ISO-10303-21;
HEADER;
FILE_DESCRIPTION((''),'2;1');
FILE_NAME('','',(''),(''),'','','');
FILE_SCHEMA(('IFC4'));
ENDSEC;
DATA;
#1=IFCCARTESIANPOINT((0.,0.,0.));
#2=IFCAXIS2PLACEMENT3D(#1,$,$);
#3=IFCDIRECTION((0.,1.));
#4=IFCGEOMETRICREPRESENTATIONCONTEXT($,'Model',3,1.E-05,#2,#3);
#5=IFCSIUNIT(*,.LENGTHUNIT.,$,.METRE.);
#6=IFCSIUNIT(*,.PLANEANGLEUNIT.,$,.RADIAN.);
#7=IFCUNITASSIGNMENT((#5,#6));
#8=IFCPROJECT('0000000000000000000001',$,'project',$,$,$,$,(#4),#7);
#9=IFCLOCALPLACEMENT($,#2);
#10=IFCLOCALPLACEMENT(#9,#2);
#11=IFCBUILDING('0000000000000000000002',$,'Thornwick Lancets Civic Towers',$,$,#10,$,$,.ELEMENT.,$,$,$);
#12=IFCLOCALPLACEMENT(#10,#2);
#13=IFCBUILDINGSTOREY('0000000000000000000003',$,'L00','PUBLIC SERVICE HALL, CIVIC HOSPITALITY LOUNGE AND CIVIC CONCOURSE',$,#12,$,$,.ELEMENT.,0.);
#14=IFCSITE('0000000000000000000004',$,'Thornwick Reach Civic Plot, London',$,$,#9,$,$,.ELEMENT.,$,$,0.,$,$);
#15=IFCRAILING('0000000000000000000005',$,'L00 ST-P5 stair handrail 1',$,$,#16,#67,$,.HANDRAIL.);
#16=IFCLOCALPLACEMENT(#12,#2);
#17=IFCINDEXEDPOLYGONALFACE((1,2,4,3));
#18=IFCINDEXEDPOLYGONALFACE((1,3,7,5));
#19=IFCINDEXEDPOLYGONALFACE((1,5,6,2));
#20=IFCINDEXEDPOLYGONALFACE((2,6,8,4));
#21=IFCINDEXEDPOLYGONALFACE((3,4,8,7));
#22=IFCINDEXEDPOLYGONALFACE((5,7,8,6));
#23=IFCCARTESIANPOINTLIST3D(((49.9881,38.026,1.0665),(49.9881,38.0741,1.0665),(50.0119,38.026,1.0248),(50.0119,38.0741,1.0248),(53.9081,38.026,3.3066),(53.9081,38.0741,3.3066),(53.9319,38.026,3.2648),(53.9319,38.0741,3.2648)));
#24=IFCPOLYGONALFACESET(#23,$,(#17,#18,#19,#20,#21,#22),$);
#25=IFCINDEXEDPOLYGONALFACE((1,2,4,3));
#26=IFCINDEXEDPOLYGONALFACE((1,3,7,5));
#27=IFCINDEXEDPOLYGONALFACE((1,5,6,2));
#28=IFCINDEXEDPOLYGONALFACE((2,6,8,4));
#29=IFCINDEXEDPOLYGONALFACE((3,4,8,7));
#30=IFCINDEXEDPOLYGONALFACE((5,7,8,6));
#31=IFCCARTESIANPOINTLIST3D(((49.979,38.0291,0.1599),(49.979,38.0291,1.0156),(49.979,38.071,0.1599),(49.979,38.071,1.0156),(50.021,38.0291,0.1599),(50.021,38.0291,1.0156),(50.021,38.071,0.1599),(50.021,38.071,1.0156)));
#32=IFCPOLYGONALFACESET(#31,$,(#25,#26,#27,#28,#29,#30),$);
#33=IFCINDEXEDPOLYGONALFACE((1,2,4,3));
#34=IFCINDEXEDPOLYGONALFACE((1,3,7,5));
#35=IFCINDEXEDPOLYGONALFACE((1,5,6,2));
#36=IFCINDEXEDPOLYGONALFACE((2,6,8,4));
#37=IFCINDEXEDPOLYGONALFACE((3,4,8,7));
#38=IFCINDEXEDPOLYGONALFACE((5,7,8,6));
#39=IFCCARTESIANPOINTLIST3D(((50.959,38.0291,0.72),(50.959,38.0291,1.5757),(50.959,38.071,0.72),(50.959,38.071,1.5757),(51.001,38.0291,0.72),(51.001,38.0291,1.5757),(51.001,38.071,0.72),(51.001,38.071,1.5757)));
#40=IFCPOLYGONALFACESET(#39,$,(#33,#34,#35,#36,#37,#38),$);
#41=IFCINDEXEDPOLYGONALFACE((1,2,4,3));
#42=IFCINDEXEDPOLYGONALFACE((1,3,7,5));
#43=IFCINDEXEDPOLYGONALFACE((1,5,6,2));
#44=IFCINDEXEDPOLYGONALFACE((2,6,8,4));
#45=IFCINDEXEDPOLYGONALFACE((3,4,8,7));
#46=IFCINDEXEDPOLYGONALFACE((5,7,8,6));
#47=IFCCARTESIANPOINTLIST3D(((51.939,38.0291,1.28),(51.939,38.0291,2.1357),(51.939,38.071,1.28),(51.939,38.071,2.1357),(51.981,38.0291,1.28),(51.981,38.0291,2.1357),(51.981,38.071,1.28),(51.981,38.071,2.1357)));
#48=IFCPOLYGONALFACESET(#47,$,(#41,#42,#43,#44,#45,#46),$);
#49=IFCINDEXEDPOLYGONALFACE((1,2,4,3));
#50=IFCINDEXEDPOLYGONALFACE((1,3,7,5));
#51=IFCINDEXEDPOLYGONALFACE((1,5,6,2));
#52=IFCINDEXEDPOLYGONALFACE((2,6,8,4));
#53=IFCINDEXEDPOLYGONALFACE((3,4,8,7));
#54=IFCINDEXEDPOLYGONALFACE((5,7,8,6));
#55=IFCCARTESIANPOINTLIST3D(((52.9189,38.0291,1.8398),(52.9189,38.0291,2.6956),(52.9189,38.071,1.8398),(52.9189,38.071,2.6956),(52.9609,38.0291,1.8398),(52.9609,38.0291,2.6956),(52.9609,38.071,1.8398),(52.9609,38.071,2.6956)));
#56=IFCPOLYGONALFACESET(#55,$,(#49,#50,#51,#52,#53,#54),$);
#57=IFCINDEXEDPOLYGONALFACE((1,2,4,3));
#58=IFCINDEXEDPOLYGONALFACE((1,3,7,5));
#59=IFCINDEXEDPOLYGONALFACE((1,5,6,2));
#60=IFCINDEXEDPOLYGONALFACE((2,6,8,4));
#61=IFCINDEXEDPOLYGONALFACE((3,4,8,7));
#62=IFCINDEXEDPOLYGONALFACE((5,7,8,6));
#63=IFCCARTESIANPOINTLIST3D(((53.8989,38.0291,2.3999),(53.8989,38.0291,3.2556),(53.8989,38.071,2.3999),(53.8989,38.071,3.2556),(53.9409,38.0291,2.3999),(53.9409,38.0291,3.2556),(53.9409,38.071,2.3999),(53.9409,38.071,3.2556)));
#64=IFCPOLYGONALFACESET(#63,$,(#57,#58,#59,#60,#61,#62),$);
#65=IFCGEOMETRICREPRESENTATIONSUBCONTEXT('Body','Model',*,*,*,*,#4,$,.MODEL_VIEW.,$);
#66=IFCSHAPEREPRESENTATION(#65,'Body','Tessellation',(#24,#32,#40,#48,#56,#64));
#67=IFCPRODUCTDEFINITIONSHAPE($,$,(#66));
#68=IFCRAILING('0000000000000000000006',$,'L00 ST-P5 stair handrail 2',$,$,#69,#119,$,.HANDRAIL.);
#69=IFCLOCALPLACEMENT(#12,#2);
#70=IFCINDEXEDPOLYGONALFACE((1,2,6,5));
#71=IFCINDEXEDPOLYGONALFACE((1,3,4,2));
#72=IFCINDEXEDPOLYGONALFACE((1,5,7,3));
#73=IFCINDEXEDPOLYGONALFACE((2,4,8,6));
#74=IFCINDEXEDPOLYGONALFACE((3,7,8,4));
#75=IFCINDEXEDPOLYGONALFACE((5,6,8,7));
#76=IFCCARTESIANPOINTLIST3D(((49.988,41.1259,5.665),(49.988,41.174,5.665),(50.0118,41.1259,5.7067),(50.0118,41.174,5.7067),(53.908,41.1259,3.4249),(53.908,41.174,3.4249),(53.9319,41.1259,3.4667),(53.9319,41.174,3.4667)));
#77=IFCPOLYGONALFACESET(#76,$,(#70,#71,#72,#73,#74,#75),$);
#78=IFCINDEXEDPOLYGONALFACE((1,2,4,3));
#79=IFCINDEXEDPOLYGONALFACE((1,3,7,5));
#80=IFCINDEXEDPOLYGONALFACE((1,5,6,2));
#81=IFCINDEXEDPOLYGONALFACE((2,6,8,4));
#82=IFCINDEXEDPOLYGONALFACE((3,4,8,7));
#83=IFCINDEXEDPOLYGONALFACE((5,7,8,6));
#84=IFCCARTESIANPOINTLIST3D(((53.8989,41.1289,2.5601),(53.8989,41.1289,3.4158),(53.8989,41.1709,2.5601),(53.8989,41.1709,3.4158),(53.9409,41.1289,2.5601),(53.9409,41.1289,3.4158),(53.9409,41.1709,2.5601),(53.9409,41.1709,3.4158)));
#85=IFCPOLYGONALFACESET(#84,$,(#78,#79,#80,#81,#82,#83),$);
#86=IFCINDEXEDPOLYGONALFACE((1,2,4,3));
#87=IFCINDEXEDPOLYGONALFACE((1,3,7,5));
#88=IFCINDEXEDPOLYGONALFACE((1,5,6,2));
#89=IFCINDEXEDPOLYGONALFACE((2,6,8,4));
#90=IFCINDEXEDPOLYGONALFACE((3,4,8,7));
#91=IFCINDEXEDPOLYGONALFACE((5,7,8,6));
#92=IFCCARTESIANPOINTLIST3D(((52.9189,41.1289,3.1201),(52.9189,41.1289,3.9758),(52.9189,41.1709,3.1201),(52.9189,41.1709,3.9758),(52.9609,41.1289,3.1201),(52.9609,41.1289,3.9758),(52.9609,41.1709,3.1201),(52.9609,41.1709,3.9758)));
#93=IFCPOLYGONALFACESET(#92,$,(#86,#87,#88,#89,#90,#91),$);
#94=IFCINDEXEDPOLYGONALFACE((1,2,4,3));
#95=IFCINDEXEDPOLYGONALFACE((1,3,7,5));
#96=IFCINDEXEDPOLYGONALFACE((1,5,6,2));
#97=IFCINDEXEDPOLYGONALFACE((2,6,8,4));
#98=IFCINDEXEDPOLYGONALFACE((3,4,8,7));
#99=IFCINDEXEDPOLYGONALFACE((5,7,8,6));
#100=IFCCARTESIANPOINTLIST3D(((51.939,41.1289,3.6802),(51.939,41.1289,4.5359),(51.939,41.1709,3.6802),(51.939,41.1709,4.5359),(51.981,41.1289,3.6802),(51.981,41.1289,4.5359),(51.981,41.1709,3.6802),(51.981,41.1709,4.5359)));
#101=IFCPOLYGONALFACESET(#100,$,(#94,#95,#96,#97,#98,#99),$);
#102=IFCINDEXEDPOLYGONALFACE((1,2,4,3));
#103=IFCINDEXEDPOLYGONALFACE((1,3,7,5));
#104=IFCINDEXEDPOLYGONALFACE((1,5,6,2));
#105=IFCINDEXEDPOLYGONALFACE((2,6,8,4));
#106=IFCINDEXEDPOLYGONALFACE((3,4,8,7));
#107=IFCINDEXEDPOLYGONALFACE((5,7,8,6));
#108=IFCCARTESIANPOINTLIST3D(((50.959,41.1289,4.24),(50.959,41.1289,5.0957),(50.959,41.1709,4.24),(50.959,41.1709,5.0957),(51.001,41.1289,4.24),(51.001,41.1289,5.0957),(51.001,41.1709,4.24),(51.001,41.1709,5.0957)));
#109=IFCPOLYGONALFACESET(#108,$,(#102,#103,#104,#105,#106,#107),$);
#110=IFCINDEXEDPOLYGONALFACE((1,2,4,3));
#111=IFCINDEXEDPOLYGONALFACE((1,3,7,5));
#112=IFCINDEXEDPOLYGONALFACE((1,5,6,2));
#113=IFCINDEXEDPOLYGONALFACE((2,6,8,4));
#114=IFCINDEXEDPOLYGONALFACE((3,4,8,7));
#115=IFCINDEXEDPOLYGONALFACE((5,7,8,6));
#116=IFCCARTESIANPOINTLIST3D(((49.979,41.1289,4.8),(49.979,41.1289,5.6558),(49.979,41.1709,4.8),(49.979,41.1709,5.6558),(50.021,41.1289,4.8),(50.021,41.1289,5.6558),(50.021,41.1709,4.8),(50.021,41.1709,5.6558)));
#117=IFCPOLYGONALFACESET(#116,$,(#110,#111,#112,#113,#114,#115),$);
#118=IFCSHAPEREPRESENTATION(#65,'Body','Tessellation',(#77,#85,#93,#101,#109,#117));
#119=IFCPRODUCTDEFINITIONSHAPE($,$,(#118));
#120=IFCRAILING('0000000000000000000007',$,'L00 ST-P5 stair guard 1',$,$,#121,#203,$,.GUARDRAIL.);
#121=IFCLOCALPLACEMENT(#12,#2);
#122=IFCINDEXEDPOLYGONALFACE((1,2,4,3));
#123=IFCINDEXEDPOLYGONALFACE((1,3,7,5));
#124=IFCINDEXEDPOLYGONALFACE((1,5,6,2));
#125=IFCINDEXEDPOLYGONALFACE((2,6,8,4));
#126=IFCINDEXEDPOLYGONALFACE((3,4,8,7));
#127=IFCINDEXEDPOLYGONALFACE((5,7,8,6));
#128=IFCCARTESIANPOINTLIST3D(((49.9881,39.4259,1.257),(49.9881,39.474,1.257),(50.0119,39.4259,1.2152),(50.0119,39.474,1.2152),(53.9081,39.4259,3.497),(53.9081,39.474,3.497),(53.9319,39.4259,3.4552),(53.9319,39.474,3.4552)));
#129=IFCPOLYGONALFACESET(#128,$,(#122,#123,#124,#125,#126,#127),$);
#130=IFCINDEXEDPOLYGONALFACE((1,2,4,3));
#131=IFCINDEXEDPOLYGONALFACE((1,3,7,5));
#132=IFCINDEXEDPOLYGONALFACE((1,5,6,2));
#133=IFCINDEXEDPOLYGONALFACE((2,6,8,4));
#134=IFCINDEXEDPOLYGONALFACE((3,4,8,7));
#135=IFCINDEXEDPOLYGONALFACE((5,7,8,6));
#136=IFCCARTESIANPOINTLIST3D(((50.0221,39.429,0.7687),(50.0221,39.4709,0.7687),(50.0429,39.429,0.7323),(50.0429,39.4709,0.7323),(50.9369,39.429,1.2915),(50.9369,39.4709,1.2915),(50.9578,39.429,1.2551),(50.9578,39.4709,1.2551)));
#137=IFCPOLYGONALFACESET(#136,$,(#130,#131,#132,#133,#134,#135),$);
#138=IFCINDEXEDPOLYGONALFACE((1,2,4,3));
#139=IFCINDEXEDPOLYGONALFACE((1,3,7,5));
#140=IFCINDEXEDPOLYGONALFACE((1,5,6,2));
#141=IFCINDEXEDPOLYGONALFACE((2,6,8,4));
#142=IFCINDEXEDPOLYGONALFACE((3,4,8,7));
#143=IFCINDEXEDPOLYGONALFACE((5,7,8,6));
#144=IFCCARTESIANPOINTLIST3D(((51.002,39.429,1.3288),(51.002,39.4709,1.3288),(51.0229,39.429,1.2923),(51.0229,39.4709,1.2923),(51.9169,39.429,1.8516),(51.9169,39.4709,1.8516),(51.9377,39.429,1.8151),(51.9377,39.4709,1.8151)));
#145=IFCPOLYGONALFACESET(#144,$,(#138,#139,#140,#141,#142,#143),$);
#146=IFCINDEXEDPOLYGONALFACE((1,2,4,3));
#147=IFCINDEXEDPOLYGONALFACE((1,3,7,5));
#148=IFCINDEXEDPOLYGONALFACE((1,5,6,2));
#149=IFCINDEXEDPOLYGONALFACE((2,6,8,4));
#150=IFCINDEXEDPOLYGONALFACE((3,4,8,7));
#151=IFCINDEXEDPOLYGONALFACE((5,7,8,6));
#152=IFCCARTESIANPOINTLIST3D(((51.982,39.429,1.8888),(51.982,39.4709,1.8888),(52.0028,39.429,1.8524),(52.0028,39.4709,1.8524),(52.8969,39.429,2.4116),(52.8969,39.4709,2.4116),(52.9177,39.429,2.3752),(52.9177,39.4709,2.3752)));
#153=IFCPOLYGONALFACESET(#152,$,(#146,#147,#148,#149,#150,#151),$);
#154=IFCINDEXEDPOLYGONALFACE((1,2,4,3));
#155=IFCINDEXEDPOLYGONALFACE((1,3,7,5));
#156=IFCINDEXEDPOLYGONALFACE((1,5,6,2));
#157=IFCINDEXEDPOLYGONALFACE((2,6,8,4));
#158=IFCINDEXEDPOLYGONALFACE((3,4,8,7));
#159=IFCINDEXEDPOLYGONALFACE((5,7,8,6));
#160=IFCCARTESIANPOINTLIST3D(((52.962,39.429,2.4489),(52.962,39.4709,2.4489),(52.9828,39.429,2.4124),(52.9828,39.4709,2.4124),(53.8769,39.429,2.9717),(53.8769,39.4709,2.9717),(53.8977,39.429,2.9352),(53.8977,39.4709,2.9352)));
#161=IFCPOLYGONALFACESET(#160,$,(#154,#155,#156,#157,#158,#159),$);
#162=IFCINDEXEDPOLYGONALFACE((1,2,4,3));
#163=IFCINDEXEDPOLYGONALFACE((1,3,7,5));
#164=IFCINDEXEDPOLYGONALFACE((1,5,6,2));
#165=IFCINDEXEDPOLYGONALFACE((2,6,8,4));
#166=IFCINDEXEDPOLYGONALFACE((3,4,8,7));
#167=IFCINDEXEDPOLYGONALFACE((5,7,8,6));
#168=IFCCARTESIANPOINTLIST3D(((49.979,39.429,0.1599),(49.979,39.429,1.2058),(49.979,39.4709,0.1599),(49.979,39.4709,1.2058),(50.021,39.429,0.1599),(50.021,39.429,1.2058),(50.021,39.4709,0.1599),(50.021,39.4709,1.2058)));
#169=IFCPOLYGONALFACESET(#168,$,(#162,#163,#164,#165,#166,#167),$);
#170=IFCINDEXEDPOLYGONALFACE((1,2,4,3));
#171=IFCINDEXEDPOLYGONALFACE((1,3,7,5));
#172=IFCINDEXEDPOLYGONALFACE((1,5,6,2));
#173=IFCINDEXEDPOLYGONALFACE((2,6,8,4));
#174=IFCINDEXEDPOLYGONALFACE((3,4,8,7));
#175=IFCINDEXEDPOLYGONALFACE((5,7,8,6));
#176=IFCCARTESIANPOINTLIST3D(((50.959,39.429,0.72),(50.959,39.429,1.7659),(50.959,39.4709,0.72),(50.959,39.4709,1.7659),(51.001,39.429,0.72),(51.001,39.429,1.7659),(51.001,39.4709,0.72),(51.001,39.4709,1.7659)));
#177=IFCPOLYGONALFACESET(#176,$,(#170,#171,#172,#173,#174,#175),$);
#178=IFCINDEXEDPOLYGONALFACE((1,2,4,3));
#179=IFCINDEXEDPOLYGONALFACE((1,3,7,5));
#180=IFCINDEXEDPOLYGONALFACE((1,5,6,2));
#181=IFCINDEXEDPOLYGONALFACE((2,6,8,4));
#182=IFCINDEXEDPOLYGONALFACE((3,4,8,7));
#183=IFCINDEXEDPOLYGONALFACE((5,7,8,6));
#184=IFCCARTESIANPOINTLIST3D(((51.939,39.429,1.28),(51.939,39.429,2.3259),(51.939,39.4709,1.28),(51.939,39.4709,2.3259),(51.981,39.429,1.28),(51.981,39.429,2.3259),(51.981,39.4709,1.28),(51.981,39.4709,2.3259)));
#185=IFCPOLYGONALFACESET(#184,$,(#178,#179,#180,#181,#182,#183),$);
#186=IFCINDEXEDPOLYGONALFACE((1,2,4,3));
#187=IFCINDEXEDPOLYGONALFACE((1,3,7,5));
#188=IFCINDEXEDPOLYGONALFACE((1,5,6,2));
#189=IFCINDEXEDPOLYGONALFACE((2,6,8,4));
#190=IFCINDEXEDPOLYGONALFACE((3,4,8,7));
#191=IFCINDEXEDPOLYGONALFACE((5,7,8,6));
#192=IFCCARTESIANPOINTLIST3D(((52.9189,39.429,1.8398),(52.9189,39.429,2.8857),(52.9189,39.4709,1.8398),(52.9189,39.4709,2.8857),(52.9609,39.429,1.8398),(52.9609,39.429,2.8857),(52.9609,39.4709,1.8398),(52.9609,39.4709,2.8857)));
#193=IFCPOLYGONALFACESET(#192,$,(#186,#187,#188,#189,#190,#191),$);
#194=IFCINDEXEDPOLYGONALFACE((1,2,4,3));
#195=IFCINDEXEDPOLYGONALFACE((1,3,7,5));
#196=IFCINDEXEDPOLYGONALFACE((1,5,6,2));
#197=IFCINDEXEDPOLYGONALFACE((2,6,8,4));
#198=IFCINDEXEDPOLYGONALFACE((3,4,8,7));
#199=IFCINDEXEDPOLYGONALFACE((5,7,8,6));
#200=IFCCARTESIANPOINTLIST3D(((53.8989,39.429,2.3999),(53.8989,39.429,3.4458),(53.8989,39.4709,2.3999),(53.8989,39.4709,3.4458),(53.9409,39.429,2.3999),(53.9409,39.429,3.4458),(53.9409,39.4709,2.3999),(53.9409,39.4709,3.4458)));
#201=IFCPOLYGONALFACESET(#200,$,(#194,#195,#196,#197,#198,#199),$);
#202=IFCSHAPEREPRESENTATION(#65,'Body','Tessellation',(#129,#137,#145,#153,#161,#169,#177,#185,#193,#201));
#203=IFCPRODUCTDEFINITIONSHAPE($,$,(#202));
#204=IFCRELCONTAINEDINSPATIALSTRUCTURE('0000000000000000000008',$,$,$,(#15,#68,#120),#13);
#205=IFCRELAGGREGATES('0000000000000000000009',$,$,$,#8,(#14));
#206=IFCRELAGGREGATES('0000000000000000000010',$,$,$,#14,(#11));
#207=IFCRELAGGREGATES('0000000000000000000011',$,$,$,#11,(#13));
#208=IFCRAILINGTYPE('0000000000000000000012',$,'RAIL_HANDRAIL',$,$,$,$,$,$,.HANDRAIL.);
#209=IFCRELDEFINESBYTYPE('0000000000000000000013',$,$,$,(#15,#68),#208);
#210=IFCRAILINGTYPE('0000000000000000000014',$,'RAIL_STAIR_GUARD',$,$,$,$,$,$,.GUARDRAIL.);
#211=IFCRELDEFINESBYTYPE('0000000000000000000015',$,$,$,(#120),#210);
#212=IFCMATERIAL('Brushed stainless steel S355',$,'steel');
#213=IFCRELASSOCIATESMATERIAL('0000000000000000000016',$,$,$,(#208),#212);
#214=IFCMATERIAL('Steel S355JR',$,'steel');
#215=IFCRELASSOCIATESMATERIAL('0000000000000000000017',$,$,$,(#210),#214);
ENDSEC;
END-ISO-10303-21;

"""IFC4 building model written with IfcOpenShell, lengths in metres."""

from ifc_helpers import new_model, si_unit, direction, frame, origin, origin_2d, place, context, subcontext, project, spatial, rectangle, extrude, material, type_object, element, save


model = new_model("IFC4")

# Units and contexts
model_context = context("Model", 3, precision=1e-05, world=origin(), true_north=direction((0.0, 1.0)))
body_context = subcontext(model_context, "Body", "Model", "MODEL_VIEW")
ifc_project = project(units=[si_unit("LENGTHUNIT", "METRE"), si_unit("PLANEANGLEUNIT", "RADIAN")], contexts=[model_context])

# Site, building, storey
site_placement = place(None, origin())
site = spatial("IfcSite", under=ifc_project, at=site_placement, Name="Thornwick Reach Civic Plot, London", CompositionType="ELEMENT", RefElevation=0.0)
building_placement = place(site_placement, origin())
building = spatial("IfcBuilding", under=site, at=building_placement, Name="Thornwick Lancets Civic Towers", CompositionType="ELEMENT")
storey_placement = place(building_placement, origin())
storey = spatial("IfcBuildingStorey", under=building, at=storey_placement, Name="L00", Description="PUBLIC SERVICE HALL, CIVIC HOSPITALITY LOUNGE AND CIVIC CONCOURSE", CompositionType="ELEMENT", Elevation=0.0)

# Shared definitions
ifc_material_1 = material(Name="Steel S355JR", Category="steel")

# Railings
ifc_material_2 = material(Name="Brushed stainless steel S355", Category="steel")
railing_type_1 = type_object("IfcRailingType", Name="RAIL_HANDRAIL", PredefinedType="HANDRAIL", material=ifc_material_2)
railing_1_placement = place(storey_placement, frame((50.0, 38.05, 0.1599)))
element("IfcRailing", 1, at=railing_1_placement, inside=storey, type_object=railing_type_1, Name="L00 ST-P5 stair handrail 1", PredefinedType="HANDRAIL", context=body_context, shape_type="SweptSolid", body=[
    extrude(rectangle(XDim=0.0481, YDim=0.0481, at=origin_2d()), frame((0.0, 0.0, 0.8857), z_axis=(0.86824, 0.0, 0.496145), x_axis=(0.0, 1.0, 0.0)), (0.0, 0.0, 1.0), 4.5149),
    extrude(rectangle(XDim=0.042, YDim=0.042, at=origin_2d()), origin(), (0.0, 0.0, 1.0), 0.8557),
    extrude(rectangle(XDim=0.042, YDim=0.042, at=origin_2d()), frame((0.98, 0.0, 0.5601)), (0.0, 0.0, 1.0), 0.8557),
    extrude(rectangle(XDim=0.042, YDim=0.042, at=origin_2d()), frame((1.96, 0.0, 1.1201)), (0.0, 0.0, 1.0), 0.8557),
    extrude(rectangle(XDim=0.042, YDim=0.042, at=origin_2d()), frame((2.9399, 0.0, 1.6799)), (0.0, 0.0, 1.0), 0.8557),
    extrude(rectangle(XDim=0.042, YDim=0.042, at=origin_2d()), frame((3.9199, 0.0, 2.24)), (0.0, 0.0, 1.0), 0.8557),
])
railing_2_placement = place(storey_placement, frame((53.9199, 41.1499, 2.5601)))
element("IfcRailing", 2, at=railing_2_placement, inside=storey, type_object=railing_type_1, Name="L00 ST-P5 stair handrail 2", PredefinedType="HANDRAIL", context=body_context, shape_type="SweptSolid", body=[
    extrude(rectangle(XDim=0.0481, YDim=0.0481, at=origin_2d()), frame((0.0, 0.0, 0.8857), z_axis=(-0.86824, 0.0, 0.496145), x_axis=(0.0, -1.0, 0.0)), (0.0, 0.0, 1.0), 4.5149),
    extrude(rectangle(XDim=0.042, YDim=0.042, at=origin_2d()), origin(), (0.0, 0.0, 1.0), 0.8557),
    extrude(rectangle(XDim=0.042, YDim=0.042, at=origin_2d()), frame((-0.98, 0.0, 0.5601)), (0.0, 0.0, 1.0), 0.8557),
    extrude(rectangle(XDim=0.042, YDim=0.042, at=origin_2d()), frame((-1.96, 0.0, 1.1201)), (0.0, 0.0, 1.0), 0.8557),
    extrude(rectangle(XDim=0.042, YDim=0.042, at=origin_2d()), frame((-2.9399, 0.0, 1.6799)), (0.0, 0.0, 1.0), 0.8557),
    extrude(rectangle(XDim=0.042, YDim=0.042, at=origin_2d()), frame((-3.9199, 0.0, 2.24)), (0.0, 0.0, 1.0), 0.8557),
])
railing_type_2 = type_object("IfcRailingType", Name="RAIL_STAIR_GUARD", PredefinedType="GUARDRAIL", material=ifc_material_1)
railing_3_placement = place(storey_placement, frame((50.0, 39.45, 0.1599)))
element("IfcRailing", 3, at=railing_3_placement, inside=storey, type_object=railing_type_2, Name="L00 ST-P5 stair guard 1", PredefinedType="GUARDRAIL", context=body_context, shape_type="SweptSolid", body=[
    extrude(rectangle(XDim=0.0481, YDim=0.0481, at=origin_2d()), frame((0.0, 0.0, 1.0762), z_axis=(0.86824, 0.0, 0.496145), x_axis=(0.0, 1.0, 0.0)), (0.0, 0.0, 1.0), 4.5149),
    extrude(rectangle(XDim=0.042, YDim=0.042, at=origin_2d()), frame((0.0325, 0.0, 0.5906), z_axis=(0.86824, 0.0, 0.496145), x_axis=(0.0, 1.0, 0.0)), (0.0, 0.0, 1.0), 1.0537),
    extrude(rectangle(XDim=0.042, YDim=0.042, at=origin_2d()), frame((1.0125, 0.0, 1.1506), z_axis=(0.86824, 0.0, 0.496145), x_axis=(0.0, 1.0, 0.0)), (0.0, 0.0, 1.0), 1.0537),
    extrude(rectangle(XDim=0.042, YDim=0.042, at=origin_2d()), frame((1.9924, 0.0, 1.7107), z_axis=(0.86824, 0.0, 0.496145), x_axis=(0.0, 1.0, 0.0)), (0.0, 0.0, 1.0), 1.0537),
    extrude(rectangle(XDim=0.042, YDim=0.042, at=origin_2d()), frame((2.9724, 0.0, 2.2708), z_axis=(0.86824, 0.0, 0.496145), x_axis=(0.0, 1.0, 0.0)), (0.0, 0.0, 1.0), 1.0537),
    extrude(rectangle(XDim=0.042, YDim=0.042, at=origin_2d()), origin(), (0.0, 0.0, 1.0), 1.0459),
    extrude(rectangle(XDim=0.042, YDim=0.042, at=origin_2d()), frame((0.98, 0.0, 0.5601)), (0.0, 0.0, 1.0), 1.0459),
    extrude(rectangle(XDim=0.042, YDim=0.042, at=origin_2d()), frame((1.96, 0.0, 1.1201)), (0.0, 0.0, 1.0), 1.0459),
    extrude(rectangle(XDim=0.042, YDim=0.042, at=origin_2d()), frame((2.9399, 0.0, 1.6799)), (0.0, 0.0, 1.0), 1.0459),
    extrude(rectangle(XDim=0.042, YDim=0.042, at=origin_2d()), frame((3.9199, 0.0, 2.24)), (0.0, 0.0, 1.0), 1.0459),
])

save(model, "model.ifc")
